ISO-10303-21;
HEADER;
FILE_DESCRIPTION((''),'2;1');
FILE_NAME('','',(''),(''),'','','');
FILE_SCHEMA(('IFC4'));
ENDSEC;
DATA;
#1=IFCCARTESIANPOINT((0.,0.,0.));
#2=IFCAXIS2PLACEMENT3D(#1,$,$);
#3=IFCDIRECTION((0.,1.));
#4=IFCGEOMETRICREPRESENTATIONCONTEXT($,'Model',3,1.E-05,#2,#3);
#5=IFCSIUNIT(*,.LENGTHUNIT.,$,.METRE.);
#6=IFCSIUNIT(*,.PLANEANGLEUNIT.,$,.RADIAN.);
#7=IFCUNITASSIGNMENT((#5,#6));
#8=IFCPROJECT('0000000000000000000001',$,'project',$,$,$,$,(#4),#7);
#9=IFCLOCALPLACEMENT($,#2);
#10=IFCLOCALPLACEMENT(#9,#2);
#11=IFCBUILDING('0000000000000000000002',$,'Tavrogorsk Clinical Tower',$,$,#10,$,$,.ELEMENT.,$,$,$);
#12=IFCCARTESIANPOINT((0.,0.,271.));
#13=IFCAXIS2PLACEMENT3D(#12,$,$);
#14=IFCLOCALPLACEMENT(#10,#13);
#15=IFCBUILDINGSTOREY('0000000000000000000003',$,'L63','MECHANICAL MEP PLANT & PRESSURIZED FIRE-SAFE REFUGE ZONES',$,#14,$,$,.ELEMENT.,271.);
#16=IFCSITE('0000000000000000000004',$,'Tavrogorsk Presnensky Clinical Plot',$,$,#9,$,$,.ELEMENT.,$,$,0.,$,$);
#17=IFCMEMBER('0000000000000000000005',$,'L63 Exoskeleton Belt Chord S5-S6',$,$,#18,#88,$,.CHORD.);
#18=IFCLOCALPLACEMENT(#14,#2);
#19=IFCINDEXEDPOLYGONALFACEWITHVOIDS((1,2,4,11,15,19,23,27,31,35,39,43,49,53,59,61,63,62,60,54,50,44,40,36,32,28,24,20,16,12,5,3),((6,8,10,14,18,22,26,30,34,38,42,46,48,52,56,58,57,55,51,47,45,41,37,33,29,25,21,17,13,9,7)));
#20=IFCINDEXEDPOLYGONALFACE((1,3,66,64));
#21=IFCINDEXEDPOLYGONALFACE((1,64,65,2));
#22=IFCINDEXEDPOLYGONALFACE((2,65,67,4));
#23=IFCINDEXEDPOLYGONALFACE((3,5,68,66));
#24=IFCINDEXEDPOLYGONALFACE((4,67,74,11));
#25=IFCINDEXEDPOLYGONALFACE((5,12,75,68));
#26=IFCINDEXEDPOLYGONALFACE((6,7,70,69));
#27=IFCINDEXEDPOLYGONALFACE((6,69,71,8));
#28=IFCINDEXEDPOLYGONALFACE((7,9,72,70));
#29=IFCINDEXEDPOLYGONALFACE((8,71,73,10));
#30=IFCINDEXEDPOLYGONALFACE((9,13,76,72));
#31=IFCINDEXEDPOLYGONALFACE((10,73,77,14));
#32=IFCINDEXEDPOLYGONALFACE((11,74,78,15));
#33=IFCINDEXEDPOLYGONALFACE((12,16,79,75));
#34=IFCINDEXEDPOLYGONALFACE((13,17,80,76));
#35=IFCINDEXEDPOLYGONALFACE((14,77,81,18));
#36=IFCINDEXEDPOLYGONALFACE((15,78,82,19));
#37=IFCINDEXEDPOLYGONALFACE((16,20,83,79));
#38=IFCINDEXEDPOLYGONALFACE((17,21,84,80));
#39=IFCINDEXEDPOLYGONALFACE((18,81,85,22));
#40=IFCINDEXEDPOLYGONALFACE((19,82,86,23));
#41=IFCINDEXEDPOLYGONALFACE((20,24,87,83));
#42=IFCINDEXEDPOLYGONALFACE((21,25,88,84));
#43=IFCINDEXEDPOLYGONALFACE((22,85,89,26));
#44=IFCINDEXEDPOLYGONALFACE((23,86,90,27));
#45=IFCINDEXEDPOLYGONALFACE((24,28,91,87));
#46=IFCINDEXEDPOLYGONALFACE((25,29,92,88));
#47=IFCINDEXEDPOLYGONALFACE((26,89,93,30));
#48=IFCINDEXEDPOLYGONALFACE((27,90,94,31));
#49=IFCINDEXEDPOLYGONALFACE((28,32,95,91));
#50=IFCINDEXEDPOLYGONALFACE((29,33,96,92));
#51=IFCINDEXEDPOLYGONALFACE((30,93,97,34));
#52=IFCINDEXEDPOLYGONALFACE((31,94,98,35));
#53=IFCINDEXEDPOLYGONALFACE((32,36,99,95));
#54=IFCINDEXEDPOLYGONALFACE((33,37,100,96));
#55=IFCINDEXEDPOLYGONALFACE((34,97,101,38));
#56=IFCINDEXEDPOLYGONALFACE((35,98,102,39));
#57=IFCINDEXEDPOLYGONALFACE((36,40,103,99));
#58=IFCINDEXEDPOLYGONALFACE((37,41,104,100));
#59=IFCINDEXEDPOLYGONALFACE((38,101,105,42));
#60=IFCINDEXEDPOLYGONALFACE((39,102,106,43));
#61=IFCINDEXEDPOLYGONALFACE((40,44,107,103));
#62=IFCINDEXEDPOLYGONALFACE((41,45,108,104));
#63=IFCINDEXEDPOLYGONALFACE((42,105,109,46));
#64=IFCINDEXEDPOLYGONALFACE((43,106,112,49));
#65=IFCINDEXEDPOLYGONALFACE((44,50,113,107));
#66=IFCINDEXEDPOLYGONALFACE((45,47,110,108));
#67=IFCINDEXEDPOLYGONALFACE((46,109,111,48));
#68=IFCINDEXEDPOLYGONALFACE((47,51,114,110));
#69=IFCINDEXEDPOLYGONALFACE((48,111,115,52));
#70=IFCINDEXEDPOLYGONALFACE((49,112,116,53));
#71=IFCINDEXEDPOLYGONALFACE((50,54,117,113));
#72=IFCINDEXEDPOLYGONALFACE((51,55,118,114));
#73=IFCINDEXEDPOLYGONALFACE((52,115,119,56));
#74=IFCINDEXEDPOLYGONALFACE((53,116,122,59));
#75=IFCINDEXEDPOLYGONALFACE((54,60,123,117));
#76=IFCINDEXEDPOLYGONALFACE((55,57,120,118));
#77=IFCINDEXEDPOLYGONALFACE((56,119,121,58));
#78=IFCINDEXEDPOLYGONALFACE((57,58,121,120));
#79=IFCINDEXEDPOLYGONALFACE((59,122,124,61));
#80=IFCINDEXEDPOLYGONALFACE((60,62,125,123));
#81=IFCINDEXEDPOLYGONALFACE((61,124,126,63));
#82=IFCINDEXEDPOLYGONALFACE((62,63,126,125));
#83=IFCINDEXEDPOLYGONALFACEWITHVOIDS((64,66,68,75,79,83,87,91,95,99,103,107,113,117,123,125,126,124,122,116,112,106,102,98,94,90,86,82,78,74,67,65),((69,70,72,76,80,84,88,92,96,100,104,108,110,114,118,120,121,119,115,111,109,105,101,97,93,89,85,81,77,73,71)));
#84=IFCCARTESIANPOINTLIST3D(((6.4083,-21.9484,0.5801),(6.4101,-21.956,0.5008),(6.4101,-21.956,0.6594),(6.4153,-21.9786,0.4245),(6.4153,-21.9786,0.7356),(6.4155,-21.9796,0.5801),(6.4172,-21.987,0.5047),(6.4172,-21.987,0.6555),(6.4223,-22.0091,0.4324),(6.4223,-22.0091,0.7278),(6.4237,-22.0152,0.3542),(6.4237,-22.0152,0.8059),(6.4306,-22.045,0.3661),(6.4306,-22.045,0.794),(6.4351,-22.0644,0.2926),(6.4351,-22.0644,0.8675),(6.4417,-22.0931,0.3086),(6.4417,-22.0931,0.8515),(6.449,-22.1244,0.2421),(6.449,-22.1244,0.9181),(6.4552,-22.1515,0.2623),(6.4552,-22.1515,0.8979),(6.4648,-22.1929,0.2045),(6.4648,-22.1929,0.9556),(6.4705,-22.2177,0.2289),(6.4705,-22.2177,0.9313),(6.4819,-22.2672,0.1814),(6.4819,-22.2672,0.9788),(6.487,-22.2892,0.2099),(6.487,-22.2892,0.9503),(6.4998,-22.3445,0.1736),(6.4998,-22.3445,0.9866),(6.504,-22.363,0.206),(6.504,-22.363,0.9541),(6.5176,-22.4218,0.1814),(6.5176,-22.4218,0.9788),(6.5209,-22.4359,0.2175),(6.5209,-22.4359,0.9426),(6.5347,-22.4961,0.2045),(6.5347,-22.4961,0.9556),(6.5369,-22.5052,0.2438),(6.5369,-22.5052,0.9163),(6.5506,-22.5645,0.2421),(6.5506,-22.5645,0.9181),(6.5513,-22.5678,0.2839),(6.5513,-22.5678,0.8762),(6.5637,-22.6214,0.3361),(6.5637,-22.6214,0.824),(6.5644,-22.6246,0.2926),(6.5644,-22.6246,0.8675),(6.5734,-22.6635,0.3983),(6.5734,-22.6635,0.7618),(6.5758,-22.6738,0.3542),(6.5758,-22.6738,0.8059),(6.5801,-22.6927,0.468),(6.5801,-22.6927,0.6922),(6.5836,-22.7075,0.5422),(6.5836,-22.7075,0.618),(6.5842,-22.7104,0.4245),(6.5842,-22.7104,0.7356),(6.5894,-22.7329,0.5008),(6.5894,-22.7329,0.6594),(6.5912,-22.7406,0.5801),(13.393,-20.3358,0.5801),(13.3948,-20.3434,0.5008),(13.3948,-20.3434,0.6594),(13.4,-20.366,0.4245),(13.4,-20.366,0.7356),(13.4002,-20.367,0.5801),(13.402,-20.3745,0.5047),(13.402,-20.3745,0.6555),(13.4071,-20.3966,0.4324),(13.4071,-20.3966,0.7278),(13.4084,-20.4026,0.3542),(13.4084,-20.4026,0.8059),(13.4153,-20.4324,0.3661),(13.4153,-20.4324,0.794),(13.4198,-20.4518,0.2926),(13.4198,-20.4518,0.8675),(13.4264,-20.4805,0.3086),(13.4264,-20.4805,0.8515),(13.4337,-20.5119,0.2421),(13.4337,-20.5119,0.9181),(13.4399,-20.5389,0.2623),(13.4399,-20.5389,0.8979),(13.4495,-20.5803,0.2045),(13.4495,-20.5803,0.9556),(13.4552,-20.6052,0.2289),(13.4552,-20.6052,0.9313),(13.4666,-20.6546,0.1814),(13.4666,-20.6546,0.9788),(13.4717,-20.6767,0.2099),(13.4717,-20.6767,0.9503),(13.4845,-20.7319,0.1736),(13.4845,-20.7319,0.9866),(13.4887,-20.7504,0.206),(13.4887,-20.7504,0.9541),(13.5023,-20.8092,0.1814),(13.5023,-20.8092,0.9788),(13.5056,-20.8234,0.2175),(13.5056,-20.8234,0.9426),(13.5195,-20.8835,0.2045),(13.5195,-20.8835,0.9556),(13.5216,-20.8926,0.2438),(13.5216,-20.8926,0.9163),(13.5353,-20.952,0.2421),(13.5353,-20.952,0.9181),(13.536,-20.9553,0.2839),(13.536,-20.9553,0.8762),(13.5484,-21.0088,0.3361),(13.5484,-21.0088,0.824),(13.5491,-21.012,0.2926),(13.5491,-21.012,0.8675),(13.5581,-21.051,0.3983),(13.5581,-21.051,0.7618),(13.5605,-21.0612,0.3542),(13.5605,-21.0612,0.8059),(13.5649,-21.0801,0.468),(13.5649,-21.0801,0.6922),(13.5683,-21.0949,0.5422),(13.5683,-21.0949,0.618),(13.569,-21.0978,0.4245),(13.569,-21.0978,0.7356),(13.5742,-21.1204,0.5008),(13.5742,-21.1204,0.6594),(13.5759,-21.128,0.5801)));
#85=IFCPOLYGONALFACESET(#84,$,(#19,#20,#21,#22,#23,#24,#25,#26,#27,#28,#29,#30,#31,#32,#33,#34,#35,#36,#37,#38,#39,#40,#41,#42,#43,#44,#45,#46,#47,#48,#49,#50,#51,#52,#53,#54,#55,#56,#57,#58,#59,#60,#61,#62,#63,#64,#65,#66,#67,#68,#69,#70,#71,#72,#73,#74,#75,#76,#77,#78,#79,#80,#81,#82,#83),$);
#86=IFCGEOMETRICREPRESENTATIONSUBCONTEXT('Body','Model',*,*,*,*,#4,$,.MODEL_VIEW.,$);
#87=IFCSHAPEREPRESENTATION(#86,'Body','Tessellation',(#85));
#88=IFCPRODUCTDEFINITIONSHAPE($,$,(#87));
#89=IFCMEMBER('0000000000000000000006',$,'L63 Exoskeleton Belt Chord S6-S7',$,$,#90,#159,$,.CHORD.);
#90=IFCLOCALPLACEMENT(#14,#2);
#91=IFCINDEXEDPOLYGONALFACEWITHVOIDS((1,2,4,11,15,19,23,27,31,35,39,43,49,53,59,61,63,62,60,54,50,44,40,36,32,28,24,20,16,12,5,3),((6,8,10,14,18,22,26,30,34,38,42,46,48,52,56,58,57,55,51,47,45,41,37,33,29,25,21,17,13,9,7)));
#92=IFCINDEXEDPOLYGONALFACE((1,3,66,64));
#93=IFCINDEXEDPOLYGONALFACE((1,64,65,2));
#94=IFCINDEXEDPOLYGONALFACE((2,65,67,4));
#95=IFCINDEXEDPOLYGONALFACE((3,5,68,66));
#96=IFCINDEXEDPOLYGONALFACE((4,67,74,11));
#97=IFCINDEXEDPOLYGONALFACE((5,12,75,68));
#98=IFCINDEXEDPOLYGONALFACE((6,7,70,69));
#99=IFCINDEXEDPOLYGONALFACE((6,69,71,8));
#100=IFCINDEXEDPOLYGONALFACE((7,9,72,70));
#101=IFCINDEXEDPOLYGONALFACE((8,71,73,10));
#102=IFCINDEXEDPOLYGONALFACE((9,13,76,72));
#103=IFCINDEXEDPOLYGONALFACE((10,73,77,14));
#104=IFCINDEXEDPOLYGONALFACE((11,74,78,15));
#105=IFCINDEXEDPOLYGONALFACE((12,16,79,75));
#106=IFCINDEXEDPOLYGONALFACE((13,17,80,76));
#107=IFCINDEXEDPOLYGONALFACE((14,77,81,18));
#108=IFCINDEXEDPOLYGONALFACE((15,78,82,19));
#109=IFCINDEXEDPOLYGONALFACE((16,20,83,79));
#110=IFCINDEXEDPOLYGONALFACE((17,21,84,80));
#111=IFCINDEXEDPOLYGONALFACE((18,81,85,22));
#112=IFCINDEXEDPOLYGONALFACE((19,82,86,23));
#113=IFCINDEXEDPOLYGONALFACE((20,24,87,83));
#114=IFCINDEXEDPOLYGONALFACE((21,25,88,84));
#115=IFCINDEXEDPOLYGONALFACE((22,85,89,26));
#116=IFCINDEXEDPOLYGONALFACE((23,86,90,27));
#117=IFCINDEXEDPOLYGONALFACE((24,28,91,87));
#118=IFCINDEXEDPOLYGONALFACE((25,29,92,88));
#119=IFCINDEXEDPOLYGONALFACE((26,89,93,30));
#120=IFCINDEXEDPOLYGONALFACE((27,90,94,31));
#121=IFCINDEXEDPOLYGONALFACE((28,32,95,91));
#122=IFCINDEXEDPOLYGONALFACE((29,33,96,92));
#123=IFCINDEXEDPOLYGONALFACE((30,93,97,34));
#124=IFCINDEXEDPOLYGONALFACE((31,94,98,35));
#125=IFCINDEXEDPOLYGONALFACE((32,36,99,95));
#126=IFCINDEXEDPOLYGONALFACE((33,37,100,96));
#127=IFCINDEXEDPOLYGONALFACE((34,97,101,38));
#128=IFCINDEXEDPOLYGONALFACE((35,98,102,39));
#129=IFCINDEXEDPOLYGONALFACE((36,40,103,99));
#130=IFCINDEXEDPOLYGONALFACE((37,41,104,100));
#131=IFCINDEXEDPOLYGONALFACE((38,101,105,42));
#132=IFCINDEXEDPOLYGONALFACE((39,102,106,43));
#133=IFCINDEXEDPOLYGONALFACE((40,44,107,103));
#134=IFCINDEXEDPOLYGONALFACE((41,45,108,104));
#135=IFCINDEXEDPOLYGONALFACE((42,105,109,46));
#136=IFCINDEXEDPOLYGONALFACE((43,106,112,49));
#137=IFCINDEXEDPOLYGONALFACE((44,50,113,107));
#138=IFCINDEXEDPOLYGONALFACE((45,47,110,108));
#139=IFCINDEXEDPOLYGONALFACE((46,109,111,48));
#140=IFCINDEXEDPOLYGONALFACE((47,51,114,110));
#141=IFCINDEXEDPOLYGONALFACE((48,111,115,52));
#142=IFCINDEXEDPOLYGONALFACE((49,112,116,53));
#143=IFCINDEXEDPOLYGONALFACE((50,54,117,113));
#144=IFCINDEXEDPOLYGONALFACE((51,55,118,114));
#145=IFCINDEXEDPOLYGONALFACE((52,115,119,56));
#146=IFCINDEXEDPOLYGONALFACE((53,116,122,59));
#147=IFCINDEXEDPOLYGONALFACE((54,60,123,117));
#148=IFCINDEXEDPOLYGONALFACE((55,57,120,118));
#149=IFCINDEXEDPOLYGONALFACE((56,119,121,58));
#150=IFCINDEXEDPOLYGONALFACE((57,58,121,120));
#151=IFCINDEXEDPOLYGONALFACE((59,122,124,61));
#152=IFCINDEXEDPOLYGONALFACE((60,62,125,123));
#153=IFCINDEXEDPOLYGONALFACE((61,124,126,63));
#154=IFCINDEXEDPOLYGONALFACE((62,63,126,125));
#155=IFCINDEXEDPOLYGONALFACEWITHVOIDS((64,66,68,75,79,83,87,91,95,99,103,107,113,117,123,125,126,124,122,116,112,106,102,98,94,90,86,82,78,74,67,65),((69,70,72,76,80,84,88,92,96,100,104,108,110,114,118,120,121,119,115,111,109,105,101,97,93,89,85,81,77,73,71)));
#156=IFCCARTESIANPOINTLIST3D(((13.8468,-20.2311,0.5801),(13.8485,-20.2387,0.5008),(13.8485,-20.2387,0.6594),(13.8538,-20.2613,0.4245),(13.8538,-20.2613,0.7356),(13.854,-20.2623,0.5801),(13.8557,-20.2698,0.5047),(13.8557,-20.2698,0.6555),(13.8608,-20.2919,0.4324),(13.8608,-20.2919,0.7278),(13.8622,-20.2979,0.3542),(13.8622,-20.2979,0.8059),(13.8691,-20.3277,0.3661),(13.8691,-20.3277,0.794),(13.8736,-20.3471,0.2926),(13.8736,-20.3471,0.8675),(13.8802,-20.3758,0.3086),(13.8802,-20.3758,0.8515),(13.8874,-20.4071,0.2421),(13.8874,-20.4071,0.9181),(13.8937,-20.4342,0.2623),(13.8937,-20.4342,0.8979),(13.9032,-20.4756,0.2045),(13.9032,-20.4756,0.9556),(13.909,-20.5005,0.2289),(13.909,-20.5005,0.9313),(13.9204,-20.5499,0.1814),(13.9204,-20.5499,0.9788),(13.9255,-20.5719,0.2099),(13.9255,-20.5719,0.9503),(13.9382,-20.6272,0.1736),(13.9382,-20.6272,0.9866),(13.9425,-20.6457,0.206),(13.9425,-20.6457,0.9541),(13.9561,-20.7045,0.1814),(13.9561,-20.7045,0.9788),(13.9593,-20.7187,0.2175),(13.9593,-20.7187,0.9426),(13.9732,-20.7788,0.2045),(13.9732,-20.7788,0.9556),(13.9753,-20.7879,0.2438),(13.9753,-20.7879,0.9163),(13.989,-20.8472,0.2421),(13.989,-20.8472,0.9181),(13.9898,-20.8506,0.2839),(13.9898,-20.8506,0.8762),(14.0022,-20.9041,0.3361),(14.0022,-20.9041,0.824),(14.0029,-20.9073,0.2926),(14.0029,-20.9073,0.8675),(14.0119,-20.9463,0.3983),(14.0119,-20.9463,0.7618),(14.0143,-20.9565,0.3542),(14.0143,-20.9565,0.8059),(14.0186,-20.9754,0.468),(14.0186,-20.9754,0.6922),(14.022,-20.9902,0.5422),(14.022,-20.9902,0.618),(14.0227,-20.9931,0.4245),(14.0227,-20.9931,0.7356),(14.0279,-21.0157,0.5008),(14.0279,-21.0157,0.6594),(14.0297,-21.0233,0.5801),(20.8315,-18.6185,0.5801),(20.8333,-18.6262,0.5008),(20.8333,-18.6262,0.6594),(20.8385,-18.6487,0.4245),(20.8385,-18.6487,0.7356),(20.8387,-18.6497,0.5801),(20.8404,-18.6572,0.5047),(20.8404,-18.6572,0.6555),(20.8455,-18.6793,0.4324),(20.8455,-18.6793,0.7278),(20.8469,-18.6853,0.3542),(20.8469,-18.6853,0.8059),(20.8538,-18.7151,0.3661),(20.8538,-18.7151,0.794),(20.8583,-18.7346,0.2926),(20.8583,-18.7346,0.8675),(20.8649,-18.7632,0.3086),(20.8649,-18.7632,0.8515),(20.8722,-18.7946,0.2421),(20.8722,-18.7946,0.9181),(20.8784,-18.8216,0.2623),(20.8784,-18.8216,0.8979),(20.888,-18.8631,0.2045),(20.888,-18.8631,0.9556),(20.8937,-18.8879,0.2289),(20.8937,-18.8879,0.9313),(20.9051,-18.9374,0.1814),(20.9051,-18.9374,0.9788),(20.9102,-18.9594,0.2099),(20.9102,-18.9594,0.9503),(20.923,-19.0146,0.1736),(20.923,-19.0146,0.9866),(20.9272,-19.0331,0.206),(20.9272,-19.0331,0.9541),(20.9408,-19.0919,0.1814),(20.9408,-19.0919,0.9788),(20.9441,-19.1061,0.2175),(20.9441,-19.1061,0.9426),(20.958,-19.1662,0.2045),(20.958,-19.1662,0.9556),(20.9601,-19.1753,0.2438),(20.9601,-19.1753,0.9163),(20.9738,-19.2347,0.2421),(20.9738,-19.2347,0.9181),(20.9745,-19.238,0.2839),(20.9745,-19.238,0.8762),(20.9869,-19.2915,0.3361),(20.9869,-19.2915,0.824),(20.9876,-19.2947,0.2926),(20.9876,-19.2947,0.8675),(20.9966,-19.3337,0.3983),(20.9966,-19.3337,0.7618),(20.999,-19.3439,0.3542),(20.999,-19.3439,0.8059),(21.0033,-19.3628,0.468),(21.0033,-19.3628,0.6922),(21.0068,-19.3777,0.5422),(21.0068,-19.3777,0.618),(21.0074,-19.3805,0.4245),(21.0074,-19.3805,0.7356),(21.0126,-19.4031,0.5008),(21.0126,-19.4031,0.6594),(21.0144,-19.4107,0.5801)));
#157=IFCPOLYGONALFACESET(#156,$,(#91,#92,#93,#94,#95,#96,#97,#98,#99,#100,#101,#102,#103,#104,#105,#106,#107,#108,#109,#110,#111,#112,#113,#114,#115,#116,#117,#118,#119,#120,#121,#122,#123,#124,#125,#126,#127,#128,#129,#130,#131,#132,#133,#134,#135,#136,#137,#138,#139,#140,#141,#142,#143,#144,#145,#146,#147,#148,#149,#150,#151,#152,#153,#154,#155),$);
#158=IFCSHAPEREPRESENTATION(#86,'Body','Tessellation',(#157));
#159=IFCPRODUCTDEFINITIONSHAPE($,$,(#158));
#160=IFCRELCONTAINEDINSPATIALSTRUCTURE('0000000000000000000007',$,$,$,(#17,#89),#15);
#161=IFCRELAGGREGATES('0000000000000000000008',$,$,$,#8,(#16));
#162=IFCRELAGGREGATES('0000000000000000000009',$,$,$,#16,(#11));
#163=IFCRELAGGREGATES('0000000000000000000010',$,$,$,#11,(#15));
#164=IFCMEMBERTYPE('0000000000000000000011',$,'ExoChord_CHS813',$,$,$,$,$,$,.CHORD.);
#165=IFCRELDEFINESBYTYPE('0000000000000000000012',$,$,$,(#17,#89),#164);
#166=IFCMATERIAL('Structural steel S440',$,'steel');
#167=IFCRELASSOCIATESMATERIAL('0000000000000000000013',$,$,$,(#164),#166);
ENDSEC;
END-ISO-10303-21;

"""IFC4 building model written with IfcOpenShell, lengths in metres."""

from ifc_helpers import new_model, si_unit, direction, frame, origin, origin_2d, place, context, subcontext, project, spatial, hollow_circle, extrude, material, material_profile, profile_set, type_object, element, save


model = new_model("IFC4")

# Units and contexts
model_context = context("Model", 3, precision=1e-05, world=origin(), true_north=direction((0.0, 1.0)))
body_context = subcontext(model_context, "Body", "Model", "MODEL_VIEW")
ifc_project = project(units=[si_unit("LENGTHUNIT", "METRE"), si_unit("PLANEANGLEUNIT", "RADIAN")], contexts=[model_context])

# Site, building, storey
site_placement = place(None, origin())
site = spatial("IfcSite", under=ifc_project, at=site_placement, Name="Tavrogorsk Presnensky Clinical Plot", CompositionType="ELEMENT", RefElevation=0.0)
building_placement = place(site_placement, origin())
building = spatial("IfcBuilding", under=site, at=building_placement, Name="Tavrogorsk Clinical Tower", CompositionType="ELEMENT")
storey_placement = place(building_placement, frame((0.0, 0.0, 271.0)))
storey = spatial("IfcBuildingStorey", under=building, at=storey_placement, Name="L63", Description="MECHANICAL MEP PLANT & PRESSURIZED FIRE-SAFE REFUGE ZONES", CompositionType="ELEMENT", Elevation=271.0)

# Members
ifc_material_1 = material(Name="Structural steel S440", Category="steel")
ifc_material_profile_1 = material_profile(ifc_material_1, hollow_circle(Radius=0.4065, WallThickness=0.032, at=origin_2d()), Name="CHS-813x32")
ifc_profile_set_1 = profile_set([ifc_material_profile_1], Name="Structural steel S440")
member_type_1 = type_object("IfcMemberType", Name="ExoChord_CHS813", PredefinedType="CHORD", material=ifc_profile_set_1)
for number, where, z_axis, x_axis, name in (
    (1, (6.4998, -22.3445, 0.5801), (0.974369, 0.224954, 0.0), (-0.224954, 0.974369, 0.0), "L63 Exoskeleton Belt Chord S5-S6"),
    (2, (13.9382, -20.6272, 0.5801), (0.974369, 0.224954, 0.0), (-0.224954, 0.974369, 0.0), "L63 Exoskeleton Belt Chord S6-S7"),
):
    element("IfcMember", number, at=place(storey_placement, frame(where, z_axis=z_axis, x_axis=x_axis)), inside=storey, type_object=member_type_1, Name=name, PredefinedType="CHORD", context=body_context, shape_type="SweptSolid", body=[
        extrude(hollow_circle(Radius=0.4065, WallThickness=0.032, at=origin_2d()), origin(), (0.0, 0.0, 1.0), 7.1685),
    ])

save(model, "model.ifc")
